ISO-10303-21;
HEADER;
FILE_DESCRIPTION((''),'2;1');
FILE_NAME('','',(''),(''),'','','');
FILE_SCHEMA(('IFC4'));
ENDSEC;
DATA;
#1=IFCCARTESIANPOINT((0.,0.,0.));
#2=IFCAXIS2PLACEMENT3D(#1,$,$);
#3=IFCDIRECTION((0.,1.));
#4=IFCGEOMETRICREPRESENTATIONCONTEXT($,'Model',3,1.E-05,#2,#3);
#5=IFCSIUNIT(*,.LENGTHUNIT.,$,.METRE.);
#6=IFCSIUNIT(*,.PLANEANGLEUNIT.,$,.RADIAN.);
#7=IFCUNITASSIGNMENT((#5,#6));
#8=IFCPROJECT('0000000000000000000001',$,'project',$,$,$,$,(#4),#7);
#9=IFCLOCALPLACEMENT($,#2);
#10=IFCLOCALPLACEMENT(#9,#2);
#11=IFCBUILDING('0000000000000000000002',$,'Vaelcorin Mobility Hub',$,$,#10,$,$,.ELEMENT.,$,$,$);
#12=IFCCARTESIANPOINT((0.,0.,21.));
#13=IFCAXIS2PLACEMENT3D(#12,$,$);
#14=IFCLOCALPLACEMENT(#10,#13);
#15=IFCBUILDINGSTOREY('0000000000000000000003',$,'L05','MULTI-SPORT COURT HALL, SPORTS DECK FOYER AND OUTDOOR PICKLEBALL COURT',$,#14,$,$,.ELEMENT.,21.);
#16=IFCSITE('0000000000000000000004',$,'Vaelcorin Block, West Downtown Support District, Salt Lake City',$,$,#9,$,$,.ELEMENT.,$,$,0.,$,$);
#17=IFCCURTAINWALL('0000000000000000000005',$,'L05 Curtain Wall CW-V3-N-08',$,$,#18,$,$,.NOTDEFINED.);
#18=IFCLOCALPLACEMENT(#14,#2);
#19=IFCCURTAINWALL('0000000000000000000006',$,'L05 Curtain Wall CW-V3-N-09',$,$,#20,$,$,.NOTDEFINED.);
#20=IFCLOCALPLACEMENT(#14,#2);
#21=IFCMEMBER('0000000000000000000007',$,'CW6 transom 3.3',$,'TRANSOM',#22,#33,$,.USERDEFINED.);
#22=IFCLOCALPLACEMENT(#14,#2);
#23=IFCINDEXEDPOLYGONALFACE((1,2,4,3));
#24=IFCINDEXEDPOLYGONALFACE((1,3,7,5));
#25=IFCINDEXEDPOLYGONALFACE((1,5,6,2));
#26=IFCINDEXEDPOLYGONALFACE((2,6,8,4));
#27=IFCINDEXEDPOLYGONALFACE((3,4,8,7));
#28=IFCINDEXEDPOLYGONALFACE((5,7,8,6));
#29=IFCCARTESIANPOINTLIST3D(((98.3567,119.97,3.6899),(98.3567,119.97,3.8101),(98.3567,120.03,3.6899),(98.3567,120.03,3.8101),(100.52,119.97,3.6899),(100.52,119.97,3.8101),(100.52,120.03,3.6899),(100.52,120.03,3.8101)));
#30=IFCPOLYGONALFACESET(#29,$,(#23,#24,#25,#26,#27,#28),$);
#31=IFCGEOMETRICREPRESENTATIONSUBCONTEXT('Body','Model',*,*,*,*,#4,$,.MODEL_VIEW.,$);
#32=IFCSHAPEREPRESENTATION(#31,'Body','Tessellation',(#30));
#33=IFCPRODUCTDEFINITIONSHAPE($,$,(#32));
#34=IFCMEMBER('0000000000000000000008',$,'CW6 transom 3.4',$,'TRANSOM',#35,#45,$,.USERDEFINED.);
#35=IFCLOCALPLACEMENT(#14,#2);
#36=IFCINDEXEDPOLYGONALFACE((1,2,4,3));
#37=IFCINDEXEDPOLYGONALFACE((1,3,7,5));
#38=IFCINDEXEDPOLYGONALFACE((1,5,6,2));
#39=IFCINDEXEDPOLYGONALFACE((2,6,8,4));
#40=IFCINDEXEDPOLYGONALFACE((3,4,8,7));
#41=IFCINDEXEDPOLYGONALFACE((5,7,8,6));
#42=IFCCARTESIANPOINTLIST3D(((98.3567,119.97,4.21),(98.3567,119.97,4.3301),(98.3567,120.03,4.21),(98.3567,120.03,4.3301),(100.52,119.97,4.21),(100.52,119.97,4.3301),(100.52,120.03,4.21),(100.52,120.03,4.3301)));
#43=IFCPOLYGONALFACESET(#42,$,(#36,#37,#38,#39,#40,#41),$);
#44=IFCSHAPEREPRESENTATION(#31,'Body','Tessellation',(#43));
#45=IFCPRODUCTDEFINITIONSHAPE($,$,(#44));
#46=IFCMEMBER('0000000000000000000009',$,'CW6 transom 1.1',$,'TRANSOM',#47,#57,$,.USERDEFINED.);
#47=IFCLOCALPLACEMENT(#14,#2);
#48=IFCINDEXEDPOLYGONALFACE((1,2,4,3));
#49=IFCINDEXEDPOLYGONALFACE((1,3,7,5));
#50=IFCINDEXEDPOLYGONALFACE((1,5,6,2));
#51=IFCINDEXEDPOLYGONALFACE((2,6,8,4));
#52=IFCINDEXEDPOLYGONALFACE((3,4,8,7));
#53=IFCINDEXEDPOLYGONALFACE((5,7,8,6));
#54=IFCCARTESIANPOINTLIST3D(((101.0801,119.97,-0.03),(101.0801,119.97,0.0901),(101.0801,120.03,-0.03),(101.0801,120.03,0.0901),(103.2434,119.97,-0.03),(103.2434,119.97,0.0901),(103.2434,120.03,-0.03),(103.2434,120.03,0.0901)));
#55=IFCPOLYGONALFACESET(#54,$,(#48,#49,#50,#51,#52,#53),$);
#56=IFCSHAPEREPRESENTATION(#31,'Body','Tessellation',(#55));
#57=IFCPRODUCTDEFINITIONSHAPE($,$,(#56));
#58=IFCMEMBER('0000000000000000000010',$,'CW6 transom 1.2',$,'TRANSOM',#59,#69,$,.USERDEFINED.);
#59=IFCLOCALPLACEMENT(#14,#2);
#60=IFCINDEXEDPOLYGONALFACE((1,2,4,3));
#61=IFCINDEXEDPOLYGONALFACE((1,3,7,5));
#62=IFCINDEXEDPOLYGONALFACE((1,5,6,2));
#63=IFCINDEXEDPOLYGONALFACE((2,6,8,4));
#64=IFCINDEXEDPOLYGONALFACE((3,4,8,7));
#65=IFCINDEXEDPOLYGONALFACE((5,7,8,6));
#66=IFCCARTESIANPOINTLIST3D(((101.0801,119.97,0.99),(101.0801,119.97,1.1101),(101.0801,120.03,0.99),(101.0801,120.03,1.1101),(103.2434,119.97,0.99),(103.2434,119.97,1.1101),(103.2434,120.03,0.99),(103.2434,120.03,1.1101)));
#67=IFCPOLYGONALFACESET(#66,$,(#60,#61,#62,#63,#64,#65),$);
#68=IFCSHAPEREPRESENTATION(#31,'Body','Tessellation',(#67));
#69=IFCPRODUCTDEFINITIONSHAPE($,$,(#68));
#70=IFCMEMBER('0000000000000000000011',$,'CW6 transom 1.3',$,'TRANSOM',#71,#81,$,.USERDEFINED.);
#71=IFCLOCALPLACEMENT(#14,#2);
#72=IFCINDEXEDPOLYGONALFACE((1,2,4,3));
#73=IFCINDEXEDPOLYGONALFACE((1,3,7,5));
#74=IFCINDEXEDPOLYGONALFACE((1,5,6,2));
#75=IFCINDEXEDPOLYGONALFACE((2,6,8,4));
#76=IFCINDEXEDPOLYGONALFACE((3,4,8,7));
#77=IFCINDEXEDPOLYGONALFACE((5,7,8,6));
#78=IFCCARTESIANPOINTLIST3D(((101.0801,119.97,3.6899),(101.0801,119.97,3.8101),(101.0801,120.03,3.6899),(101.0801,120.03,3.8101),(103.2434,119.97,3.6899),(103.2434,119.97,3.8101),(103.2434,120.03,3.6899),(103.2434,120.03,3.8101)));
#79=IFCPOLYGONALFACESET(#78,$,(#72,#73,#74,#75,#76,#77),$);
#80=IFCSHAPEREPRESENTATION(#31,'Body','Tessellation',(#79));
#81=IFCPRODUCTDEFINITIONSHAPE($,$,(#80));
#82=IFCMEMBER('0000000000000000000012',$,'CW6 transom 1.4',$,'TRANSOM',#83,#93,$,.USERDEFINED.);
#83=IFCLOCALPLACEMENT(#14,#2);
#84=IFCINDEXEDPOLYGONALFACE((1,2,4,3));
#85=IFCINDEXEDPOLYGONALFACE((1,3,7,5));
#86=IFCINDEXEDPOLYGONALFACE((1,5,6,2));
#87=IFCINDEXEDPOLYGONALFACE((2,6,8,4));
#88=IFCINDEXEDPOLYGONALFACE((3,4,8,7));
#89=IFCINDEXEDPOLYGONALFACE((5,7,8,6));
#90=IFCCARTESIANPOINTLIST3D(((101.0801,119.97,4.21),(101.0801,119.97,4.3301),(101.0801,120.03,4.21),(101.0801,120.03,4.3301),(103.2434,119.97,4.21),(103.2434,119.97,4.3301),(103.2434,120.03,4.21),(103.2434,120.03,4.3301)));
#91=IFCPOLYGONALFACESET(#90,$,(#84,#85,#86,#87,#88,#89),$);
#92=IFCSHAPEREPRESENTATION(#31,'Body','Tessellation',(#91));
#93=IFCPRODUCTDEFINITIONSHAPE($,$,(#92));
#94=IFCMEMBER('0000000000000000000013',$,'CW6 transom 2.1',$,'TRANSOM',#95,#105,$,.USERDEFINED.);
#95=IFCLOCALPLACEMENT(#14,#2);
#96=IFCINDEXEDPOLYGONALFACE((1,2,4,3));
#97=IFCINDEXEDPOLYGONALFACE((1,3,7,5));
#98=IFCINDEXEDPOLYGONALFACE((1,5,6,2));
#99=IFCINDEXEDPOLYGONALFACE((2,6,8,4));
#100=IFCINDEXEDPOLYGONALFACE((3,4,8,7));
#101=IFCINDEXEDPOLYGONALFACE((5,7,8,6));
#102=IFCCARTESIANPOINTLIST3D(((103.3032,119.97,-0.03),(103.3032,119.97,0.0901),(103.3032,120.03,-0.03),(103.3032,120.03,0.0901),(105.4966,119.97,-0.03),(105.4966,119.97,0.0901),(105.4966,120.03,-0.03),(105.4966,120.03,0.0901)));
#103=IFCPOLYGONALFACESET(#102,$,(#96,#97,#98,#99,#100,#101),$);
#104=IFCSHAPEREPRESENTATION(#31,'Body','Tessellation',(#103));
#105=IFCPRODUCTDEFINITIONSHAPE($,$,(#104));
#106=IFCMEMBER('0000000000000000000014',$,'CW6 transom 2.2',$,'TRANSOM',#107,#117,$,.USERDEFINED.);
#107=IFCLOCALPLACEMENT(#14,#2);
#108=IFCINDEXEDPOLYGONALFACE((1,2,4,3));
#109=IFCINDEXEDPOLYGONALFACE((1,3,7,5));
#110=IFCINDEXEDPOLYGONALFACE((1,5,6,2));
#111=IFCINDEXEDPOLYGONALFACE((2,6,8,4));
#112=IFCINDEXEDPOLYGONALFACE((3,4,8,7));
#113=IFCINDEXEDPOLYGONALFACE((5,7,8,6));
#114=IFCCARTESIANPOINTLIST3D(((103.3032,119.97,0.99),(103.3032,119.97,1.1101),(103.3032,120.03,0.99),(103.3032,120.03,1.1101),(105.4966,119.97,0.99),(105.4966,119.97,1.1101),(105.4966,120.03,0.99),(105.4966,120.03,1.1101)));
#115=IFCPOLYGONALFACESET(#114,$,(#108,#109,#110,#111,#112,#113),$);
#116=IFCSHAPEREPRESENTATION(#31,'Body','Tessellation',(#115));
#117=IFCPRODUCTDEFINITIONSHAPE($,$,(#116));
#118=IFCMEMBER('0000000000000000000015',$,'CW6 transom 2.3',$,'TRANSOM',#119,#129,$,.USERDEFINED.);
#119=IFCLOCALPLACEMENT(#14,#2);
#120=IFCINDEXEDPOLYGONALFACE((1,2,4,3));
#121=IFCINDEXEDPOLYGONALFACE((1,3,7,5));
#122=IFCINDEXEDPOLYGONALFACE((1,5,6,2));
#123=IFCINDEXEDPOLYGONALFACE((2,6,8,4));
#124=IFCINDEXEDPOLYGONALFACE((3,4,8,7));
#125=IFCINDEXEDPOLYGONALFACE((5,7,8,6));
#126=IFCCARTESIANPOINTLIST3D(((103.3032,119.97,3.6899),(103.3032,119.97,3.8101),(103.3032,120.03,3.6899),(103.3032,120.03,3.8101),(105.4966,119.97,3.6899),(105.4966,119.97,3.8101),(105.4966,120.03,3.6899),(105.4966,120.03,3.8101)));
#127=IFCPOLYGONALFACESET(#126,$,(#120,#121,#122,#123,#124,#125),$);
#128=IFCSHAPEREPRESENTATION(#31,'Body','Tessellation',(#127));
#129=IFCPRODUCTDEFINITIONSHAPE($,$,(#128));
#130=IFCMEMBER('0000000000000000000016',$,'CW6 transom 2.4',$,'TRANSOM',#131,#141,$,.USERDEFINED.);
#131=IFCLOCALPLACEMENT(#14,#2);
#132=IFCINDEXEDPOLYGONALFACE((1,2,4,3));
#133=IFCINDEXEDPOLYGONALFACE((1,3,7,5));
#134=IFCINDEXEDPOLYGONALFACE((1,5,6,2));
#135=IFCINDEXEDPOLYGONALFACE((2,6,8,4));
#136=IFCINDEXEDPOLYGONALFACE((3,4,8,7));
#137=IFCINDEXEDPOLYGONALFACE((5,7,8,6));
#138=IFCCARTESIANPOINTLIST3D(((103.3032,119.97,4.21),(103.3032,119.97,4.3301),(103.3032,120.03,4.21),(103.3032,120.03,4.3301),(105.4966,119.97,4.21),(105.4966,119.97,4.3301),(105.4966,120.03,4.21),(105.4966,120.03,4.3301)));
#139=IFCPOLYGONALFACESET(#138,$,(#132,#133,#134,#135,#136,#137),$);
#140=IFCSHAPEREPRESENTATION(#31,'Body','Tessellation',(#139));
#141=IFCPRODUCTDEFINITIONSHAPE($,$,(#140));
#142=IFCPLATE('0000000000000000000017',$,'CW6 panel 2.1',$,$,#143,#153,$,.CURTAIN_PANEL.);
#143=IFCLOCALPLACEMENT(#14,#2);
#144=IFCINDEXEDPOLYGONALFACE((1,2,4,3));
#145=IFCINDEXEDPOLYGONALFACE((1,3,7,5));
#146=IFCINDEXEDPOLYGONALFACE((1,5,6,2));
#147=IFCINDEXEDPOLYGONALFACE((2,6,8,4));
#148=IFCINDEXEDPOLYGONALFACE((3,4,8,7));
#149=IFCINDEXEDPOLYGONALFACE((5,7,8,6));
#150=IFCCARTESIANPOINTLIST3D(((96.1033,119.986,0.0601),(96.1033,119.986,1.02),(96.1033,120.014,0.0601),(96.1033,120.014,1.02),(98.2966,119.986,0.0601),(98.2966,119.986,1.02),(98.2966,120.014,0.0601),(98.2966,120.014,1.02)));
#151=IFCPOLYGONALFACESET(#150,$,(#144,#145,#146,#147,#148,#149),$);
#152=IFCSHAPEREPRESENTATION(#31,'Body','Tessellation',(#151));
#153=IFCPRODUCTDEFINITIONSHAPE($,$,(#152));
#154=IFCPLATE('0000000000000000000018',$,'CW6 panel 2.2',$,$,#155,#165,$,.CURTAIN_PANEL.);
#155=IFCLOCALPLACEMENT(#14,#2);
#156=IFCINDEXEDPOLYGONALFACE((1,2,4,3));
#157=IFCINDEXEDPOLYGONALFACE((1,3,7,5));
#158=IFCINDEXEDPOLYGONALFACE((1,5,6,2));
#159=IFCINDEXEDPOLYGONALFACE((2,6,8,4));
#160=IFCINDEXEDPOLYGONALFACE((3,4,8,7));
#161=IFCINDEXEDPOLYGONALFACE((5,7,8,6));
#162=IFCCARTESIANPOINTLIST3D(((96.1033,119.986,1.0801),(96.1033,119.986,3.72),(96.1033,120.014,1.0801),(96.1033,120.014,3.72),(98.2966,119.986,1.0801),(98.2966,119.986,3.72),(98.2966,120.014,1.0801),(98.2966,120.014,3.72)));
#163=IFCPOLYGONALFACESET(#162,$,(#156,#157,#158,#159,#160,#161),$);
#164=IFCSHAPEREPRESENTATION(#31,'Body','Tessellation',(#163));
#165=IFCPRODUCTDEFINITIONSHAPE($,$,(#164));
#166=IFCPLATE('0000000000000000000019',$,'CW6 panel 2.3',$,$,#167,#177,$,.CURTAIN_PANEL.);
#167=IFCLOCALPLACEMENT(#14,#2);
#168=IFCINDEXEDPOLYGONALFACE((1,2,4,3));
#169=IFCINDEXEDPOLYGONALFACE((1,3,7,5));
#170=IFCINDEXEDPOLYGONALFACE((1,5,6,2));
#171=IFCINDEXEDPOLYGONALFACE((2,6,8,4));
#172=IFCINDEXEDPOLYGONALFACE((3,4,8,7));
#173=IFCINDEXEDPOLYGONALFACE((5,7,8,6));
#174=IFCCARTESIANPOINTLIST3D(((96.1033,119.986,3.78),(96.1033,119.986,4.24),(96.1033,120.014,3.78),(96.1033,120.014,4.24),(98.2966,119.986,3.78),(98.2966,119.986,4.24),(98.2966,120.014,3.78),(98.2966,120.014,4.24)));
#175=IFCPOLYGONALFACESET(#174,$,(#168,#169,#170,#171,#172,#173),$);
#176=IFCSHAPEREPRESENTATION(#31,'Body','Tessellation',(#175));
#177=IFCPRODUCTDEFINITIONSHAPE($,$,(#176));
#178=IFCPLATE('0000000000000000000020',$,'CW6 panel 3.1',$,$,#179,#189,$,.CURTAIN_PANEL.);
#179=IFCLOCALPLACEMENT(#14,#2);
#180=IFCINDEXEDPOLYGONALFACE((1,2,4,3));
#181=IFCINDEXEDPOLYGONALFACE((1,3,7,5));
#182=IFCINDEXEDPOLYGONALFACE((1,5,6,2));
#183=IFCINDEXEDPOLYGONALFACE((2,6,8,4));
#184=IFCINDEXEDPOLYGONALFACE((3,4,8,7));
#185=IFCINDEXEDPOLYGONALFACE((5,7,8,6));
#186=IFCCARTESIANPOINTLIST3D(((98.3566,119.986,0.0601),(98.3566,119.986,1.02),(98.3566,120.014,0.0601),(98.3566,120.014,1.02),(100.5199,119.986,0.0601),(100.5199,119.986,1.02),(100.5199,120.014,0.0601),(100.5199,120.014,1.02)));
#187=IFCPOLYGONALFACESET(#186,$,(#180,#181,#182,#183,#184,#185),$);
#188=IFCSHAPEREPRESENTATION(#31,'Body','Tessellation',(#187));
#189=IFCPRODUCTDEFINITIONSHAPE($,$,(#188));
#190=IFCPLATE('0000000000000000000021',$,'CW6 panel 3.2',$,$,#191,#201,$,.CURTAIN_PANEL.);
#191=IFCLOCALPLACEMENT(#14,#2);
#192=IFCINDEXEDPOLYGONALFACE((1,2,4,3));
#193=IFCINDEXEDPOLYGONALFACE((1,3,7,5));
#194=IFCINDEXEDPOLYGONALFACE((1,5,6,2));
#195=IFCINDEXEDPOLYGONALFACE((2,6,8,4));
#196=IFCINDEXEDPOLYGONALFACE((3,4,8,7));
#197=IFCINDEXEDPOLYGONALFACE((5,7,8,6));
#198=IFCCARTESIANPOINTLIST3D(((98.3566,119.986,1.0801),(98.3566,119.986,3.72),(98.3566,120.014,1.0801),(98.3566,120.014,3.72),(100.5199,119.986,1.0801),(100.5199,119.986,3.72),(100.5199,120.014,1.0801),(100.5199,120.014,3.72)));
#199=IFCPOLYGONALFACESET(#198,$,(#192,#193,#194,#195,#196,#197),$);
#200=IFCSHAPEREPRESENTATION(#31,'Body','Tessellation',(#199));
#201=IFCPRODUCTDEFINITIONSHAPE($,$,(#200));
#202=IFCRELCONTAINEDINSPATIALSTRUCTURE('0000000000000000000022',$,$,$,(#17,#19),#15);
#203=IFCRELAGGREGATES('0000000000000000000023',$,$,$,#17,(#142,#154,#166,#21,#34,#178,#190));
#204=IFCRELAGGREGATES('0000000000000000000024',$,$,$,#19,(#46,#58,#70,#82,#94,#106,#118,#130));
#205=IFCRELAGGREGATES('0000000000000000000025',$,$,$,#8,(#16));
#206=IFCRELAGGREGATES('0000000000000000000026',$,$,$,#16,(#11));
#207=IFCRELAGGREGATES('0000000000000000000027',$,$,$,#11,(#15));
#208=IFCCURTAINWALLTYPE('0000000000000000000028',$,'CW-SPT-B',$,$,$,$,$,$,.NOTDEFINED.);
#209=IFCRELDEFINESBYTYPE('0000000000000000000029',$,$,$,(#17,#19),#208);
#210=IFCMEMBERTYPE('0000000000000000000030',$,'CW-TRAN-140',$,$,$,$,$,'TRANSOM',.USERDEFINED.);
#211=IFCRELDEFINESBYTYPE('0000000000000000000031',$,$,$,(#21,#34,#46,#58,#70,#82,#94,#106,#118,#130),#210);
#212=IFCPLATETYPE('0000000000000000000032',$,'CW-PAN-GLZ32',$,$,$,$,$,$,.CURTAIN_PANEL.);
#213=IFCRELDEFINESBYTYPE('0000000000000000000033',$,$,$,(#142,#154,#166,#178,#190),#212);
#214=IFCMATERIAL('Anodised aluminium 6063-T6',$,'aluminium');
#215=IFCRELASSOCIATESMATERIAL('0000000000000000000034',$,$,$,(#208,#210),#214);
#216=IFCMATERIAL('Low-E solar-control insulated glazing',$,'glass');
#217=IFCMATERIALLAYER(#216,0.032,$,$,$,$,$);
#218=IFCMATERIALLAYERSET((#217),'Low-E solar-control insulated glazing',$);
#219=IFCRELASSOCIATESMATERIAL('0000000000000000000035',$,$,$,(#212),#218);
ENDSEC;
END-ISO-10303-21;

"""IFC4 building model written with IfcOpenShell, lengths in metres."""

from ifc_helpers import new_model, si_unit, direction, frame, origin, origin_2d, place, context, subcontext, project, spatial, rectangle, extrude, material, layer, layer_set, material_profile, profile_set, type_object, element, aggregate, save


model = new_model("IFC4")

# Units and contexts
model_context = context("Model", 3, precision=1e-05, world=origin(), true_north=direction((0.0, 1.0)))
body_context = subcontext(model_context, "Body", "Model", "MODEL_VIEW")
ifc_project = project(units=[si_unit("LENGTHUNIT", "METRE"), si_unit("PLANEANGLEUNIT", "RADIAN")], contexts=[model_context])

# Site, building, storey
site_placement = place(None, origin())
site = spatial("IfcSite", under=ifc_project, at=site_placement, Name="Vaelcorin Block, West Downtown Support District, Salt Lake City", CompositionType="ELEMENT", RefElevation=0.0)
building_placement = place(site_placement, origin())
building = spatial("IfcBuilding", under=site, at=building_placement, Name="Vaelcorin Mobility Hub", CompositionType="ELEMENT")
storey_placement = place(building_placement, frame((0.0, 0.0, 21.0)))
storey = spatial("IfcBuildingStorey", under=building, at=storey_placement, Name="L05", Description="MULTI-SPORT COURT HALL, SPORTS DECK FOYER AND OUTDOOR PICKLEBALL COURT", CompositionType="ELEMENT", Elevation=21.0)

# Curtain walls
ifc_material_1 = material(Name="Anodised aluminium 6063-T6", Category="aluminium")
curtain_wall_type = type_object("IfcCurtainWallType", Name="CW-SPT-B", PredefinedType="NOTDEFINED", material=ifc_material_1)
curtain_wall_1_placement = place(storey_placement, origin())
curtain_wall_1 = element("IfcCurtainWall", 1, at=curtain_wall_1_placement, inside=storey, type_object=curtain_wall_type, Name="L05 Curtain Wall CW-V3-N-08", PredefinedType="NOTDEFINED")
curtain_wall_2_placement = place(storey_placement, origin())
curtain_wall_2 = element("IfcCurtainWall", 2, at=curtain_wall_2_placement, inside=storey, type_object=curtain_wall_type, Name="L05 Curtain Wall CW-V3-N-09", PredefinedType="NOTDEFINED")

# Members
ifc_material_profile_1 = material_profile(ifc_material_1, rectangle(XDim=0.0601, YDim=0.1201, at=origin_2d()), Name="ALU-T60X120")
ifc_profile_set_1 = profile_set([ifc_material_profile_1], Name="Anodised aluminium 6063-T6")
member_type_1 = type_object("IfcMemberType", Name="CW-TRAN-140", ElementType="TRANSOM", PredefinedType="USERDEFINED", material=ifc_profile_set_1)
member_1_placement = place(storey_placement, frame((98.3567, 120.0, 3.75), z_axis=(1.0, 0.0, 0.0), x_axis=(0.0, 1.0, 0.0)))
member_1 = element("IfcMember", 3, at=member_1_placement, type_object=member_type_1, Name="CW6 transom 3.3", ObjectType="TRANSOM", PredefinedType="USERDEFINED", context=body_context, shape_type="SweptSolid", body=[
    extrude(rectangle(XDim=0.0601, YDim=0.1201, at=origin_2d()), origin(), (0.0, 0.0, 1.0), 2.1633),
])
member_2_placement = place(storey_placement, frame((98.3567, 120.0, 4.27), z_axis=(1.0, 0.0, 0.0), x_axis=(0.0, 1.0, 0.0)))
member_2 = element("IfcMember", 4, at=member_2_placement, type_object=member_type_1, Name="CW6 transom 3.4", ObjectType="TRANSOM", PredefinedType="USERDEFINED", context=body_context, shape_type="SweptSolid", body=[
    extrude(rectangle(XDim=0.0601, YDim=0.1201, at=origin_2d()), origin(), (0.0, 0.0, 1.0), 2.1633),
])
member_3_placement = place(storey_placement, frame((101.0801, 120.0, 0.03), z_axis=(1.0, 0.0, 0.0), x_axis=(0.0, 1.0, 0.0)))
member_3 = element("IfcMember", 5, at=member_3_placement, type_object=member_type_1, Name="CW6 transom 1.1", ObjectType="TRANSOM", PredefinedType="USERDEFINED", context=body_context, shape_type="SweptSolid", body=[
    extrude(rectangle(XDim=0.0601, YDim=0.1201, at=origin_2d()), origin(), (0.0, 0.0, 1.0), 2.1633),
])
member_4_placement = place(storey_placement, frame((101.0801, 120.0, 1.05), z_axis=(1.0, 0.0, 0.0), x_axis=(0.0, 1.0, 0.0)))
member_4 = element("IfcMember", 6, at=member_4_placement, type_object=member_type_1, Name="CW6 transom 1.2", ObjectType="TRANSOM", PredefinedType="USERDEFINED", context=body_context, shape_type="SweptSolid", body=[
    extrude(rectangle(XDim=0.0601, YDim=0.1201, at=origin_2d()), origin(), (0.0, 0.0, 1.0), 2.1633),
])
member_5_placement = place(storey_placement, frame((101.0801, 120.0, 3.75), z_axis=(1.0, 0.0, 0.0), x_axis=(0.0, 1.0, 0.0)))
member_5 = element("IfcMember", 7, at=member_5_placement, type_object=member_type_1, Name="CW6 transom 1.3", ObjectType="TRANSOM", PredefinedType="USERDEFINED", context=body_context, shape_type="SweptSolid", body=[
    extrude(rectangle(XDim=0.0601, YDim=0.1201, at=origin_2d()), origin(), (0.0, 0.0, 1.0), 2.1633),
])
member_6_placement = place(storey_placement, frame((101.0801, 120.0, 4.27), z_axis=(1.0, 0.0, 0.0), x_axis=(0.0, 1.0, 0.0)))
member_6 = element("IfcMember", 8, at=member_6_placement, type_object=member_type_1, Name="CW6 transom 1.4", ObjectType="TRANSOM", PredefinedType="USERDEFINED", context=body_context, shape_type="SweptSolid", body=[
    extrude(rectangle(XDim=0.0601, YDim=0.1201, at=origin_2d()), origin(), (0.0, 0.0, 1.0), 2.1633),
])
member_7_placement = place(storey_placement, frame((103.3032, 120.0, 0.03), z_axis=(1.0, 0.0, 0.0), x_axis=(0.0, 1.0, 0.0)))
member_7 = element("IfcMember", 9, at=member_7_placement, type_object=member_type_1, Name="CW6 transom 2.1", ObjectType="TRANSOM", PredefinedType="USERDEFINED", context=body_context, shape_type="SweptSolid", body=[
    extrude(rectangle(XDim=0.0601, YDim=0.1201, at=origin_2d()), origin(), (0.0, 0.0, 1.0), 2.1934),
])
member_8_placement = place(storey_placement, frame((103.3032, 120.0, 1.05), z_axis=(1.0, 0.0, 0.0), x_axis=(0.0, 1.0, 0.0)))
member_8 = element("IfcMember", 10, at=member_8_placement, type_object=member_type_1, Name="CW6 transom 2.2", ObjectType="TRANSOM", PredefinedType="USERDEFINED", context=body_context, shape_type="SweptSolid", body=[
    extrude(rectangle(XDim=0.0601, YDim=0.1201, at=origin_2d()), origin(), (0.0, 0.0, 1.0), 2.1934),
])
member_9_placement = place(storey_placement, frame((103.3032, 120.0, 3.75), z_axis=(1.0, 0.0, 0.0), x_axis=(0.0, 1.0, 0.0)))
member_9 = element("IfcMember", 11, at=member_9_placement, type_object=member_type_1, Name="CW6 transom 2.3", ObjectType="TRANSOM", PredefinedType="USERDEFINED", context=body_context, shape_type="SweptSolid", body=[
    extrude(rectangle(XDim=0.0601, YDim=0.1201, at=origin_2d()), origin(), (0.0, 0.0, 1.0), 2.1934),
])
member_10_placement = place(storey_placement, frame((103.3032, 120.0, 4.27), z_axis=(1.0, 0.0, 0.0), x_axis=(0.0, 1.0, 0.0)))
member_10 = element("IfcMember", 12, at=member_10_placement, type_object=member_type_1, Name="CW6 transom 2.4", ObjectType="TRANSOM", PredefinedType="USERDEFINED", context=body_context, shape_type="SweptSolid", body=[
    extrude(rectangle(XDim=0.0601, YDim=0.1201, at=origin_2d()), origin(), (0.0, 0.0, 1.0), 2.1934),
])

# Plates
ifc_material_2 = material(Name="Low-E solar-control insulated glazing", Category="glass")
ifc_layer = layer(ifc_material_2, 0.032)
ifc_layer_set = layer_set([ifc_layer], Name="Low-E solar-control insulated glazing")
plate_type = type_object("IfcPlateType", Name="CW-PAN-GLZ32", PredefinedType="CURTAIN_PANEL", material=ifc_layer_set)
plate_1_placement = place(storey_placement, frame((97.2, 120.0, 0.0601), z_axis=(0.0, 0.0, 1.0), x_axis=(1.0, 0.0, 0.0)))
plate_1 = element("IfcPlate", 13, at=plate_1_placement, type_object=plate_type, Name="CW6 panel 2.1", PredefinedType="CURTAIN_PANEL", context=body_context, shape_type="SweptSolid", body=[
    extrude(rectangle(XDim=2.1934, YDim=0.0281, at=origin_2d()), origin(), (0.0, 0.0, 1.0), 0.96),
])
plate_2_placement = place(storey_placement, frame((97.2, 120.0, 1.0801), z_axis=(0.0, 0.0, 1.0), x_axis=(1.0, 0.0, 0.0)))
plate_2 = element("IfcPlate", 14, at=plate_2_placement, type_object=plate_type, Name="CW6 panel 2.2", PredefinedType="CURTAIN_PANEL", context=body_context, shape_type="SweptSolid", body=[
    extrude(rectangle(XDim=2.1934, YDim=0.0281, at=origin_2d()), origin(), (0.0, 0.0, 1.0), 2.6399),
])
plate_3_placement = place(storey_placement, frame((97.2, 120.0, 3.78), z_axis=(0.0, 0.0, 1.0), x_axis=(1.0, 0.0, 0.0)))
plate_3 = element("IfcPlate", 15, at=plate_3_placement, type_object=plate_type, Name="CW6 panel 2.3", PredefinedType="CURTAIN_PANEL", context=body_context, shape_type="SweptSolid", body=[
    extrude(rectangle(XDim=2.1934, YDim=0.0281, at=origin_2d()), origin(), (0.0, 0.0, 1.0), 0.46),
])
plate_4_placement = place(storey_placement, frame((99.4382, 120.0, 0.0601), z_axis=(0.0, 0.0, 1.0), x_axis=(1.0, 0.0, 0.0)))
plate_4 = element("IfcPlate", 16, at=plate_4_placement, type_object=plate_type, Name="CW6 panel 3.1", PredefinedType="CURTAIN_PANEL", context=body_context, shape_type="SweptSolid", body=[
    extrude(rectangle(XDim=2.1633, YDim=0.0281, at=origin_2d()), origin(), (0.0, 0.0, 1.0), 0.96),
])
plate_5_placement = place(storey_placement, frame((99.4382, 120.0, 1.0801), z_axis=(0.0, 0.0, 1.0), x_axis=(1.0, 0.0, 0.0)))
plate_5 = element("IfcPlate", 17, at=plate_5_placement, type_object=plate_type, Name="CW6 panel 3.2", PredefinedType="CURTAIN_PANEL", context=body_context, shape_type="SweptSolid", body=[
    extrude(rectangle(XDim=2.1633, YDim=0.0281, at=origin_2d()), origin(), (0.0, 0.0, 1.0), 2.6399),
])
aggregate(curtain_wall_1, [plate_1, plate_2, plate_3, member_1, member_2, plate_4, plate_5])
aggregate(curtain_wall_2, [member_3, member_4, member_5, member_6, member_7, member_8, member_9, member_10])

save(model, "model.ifc")
